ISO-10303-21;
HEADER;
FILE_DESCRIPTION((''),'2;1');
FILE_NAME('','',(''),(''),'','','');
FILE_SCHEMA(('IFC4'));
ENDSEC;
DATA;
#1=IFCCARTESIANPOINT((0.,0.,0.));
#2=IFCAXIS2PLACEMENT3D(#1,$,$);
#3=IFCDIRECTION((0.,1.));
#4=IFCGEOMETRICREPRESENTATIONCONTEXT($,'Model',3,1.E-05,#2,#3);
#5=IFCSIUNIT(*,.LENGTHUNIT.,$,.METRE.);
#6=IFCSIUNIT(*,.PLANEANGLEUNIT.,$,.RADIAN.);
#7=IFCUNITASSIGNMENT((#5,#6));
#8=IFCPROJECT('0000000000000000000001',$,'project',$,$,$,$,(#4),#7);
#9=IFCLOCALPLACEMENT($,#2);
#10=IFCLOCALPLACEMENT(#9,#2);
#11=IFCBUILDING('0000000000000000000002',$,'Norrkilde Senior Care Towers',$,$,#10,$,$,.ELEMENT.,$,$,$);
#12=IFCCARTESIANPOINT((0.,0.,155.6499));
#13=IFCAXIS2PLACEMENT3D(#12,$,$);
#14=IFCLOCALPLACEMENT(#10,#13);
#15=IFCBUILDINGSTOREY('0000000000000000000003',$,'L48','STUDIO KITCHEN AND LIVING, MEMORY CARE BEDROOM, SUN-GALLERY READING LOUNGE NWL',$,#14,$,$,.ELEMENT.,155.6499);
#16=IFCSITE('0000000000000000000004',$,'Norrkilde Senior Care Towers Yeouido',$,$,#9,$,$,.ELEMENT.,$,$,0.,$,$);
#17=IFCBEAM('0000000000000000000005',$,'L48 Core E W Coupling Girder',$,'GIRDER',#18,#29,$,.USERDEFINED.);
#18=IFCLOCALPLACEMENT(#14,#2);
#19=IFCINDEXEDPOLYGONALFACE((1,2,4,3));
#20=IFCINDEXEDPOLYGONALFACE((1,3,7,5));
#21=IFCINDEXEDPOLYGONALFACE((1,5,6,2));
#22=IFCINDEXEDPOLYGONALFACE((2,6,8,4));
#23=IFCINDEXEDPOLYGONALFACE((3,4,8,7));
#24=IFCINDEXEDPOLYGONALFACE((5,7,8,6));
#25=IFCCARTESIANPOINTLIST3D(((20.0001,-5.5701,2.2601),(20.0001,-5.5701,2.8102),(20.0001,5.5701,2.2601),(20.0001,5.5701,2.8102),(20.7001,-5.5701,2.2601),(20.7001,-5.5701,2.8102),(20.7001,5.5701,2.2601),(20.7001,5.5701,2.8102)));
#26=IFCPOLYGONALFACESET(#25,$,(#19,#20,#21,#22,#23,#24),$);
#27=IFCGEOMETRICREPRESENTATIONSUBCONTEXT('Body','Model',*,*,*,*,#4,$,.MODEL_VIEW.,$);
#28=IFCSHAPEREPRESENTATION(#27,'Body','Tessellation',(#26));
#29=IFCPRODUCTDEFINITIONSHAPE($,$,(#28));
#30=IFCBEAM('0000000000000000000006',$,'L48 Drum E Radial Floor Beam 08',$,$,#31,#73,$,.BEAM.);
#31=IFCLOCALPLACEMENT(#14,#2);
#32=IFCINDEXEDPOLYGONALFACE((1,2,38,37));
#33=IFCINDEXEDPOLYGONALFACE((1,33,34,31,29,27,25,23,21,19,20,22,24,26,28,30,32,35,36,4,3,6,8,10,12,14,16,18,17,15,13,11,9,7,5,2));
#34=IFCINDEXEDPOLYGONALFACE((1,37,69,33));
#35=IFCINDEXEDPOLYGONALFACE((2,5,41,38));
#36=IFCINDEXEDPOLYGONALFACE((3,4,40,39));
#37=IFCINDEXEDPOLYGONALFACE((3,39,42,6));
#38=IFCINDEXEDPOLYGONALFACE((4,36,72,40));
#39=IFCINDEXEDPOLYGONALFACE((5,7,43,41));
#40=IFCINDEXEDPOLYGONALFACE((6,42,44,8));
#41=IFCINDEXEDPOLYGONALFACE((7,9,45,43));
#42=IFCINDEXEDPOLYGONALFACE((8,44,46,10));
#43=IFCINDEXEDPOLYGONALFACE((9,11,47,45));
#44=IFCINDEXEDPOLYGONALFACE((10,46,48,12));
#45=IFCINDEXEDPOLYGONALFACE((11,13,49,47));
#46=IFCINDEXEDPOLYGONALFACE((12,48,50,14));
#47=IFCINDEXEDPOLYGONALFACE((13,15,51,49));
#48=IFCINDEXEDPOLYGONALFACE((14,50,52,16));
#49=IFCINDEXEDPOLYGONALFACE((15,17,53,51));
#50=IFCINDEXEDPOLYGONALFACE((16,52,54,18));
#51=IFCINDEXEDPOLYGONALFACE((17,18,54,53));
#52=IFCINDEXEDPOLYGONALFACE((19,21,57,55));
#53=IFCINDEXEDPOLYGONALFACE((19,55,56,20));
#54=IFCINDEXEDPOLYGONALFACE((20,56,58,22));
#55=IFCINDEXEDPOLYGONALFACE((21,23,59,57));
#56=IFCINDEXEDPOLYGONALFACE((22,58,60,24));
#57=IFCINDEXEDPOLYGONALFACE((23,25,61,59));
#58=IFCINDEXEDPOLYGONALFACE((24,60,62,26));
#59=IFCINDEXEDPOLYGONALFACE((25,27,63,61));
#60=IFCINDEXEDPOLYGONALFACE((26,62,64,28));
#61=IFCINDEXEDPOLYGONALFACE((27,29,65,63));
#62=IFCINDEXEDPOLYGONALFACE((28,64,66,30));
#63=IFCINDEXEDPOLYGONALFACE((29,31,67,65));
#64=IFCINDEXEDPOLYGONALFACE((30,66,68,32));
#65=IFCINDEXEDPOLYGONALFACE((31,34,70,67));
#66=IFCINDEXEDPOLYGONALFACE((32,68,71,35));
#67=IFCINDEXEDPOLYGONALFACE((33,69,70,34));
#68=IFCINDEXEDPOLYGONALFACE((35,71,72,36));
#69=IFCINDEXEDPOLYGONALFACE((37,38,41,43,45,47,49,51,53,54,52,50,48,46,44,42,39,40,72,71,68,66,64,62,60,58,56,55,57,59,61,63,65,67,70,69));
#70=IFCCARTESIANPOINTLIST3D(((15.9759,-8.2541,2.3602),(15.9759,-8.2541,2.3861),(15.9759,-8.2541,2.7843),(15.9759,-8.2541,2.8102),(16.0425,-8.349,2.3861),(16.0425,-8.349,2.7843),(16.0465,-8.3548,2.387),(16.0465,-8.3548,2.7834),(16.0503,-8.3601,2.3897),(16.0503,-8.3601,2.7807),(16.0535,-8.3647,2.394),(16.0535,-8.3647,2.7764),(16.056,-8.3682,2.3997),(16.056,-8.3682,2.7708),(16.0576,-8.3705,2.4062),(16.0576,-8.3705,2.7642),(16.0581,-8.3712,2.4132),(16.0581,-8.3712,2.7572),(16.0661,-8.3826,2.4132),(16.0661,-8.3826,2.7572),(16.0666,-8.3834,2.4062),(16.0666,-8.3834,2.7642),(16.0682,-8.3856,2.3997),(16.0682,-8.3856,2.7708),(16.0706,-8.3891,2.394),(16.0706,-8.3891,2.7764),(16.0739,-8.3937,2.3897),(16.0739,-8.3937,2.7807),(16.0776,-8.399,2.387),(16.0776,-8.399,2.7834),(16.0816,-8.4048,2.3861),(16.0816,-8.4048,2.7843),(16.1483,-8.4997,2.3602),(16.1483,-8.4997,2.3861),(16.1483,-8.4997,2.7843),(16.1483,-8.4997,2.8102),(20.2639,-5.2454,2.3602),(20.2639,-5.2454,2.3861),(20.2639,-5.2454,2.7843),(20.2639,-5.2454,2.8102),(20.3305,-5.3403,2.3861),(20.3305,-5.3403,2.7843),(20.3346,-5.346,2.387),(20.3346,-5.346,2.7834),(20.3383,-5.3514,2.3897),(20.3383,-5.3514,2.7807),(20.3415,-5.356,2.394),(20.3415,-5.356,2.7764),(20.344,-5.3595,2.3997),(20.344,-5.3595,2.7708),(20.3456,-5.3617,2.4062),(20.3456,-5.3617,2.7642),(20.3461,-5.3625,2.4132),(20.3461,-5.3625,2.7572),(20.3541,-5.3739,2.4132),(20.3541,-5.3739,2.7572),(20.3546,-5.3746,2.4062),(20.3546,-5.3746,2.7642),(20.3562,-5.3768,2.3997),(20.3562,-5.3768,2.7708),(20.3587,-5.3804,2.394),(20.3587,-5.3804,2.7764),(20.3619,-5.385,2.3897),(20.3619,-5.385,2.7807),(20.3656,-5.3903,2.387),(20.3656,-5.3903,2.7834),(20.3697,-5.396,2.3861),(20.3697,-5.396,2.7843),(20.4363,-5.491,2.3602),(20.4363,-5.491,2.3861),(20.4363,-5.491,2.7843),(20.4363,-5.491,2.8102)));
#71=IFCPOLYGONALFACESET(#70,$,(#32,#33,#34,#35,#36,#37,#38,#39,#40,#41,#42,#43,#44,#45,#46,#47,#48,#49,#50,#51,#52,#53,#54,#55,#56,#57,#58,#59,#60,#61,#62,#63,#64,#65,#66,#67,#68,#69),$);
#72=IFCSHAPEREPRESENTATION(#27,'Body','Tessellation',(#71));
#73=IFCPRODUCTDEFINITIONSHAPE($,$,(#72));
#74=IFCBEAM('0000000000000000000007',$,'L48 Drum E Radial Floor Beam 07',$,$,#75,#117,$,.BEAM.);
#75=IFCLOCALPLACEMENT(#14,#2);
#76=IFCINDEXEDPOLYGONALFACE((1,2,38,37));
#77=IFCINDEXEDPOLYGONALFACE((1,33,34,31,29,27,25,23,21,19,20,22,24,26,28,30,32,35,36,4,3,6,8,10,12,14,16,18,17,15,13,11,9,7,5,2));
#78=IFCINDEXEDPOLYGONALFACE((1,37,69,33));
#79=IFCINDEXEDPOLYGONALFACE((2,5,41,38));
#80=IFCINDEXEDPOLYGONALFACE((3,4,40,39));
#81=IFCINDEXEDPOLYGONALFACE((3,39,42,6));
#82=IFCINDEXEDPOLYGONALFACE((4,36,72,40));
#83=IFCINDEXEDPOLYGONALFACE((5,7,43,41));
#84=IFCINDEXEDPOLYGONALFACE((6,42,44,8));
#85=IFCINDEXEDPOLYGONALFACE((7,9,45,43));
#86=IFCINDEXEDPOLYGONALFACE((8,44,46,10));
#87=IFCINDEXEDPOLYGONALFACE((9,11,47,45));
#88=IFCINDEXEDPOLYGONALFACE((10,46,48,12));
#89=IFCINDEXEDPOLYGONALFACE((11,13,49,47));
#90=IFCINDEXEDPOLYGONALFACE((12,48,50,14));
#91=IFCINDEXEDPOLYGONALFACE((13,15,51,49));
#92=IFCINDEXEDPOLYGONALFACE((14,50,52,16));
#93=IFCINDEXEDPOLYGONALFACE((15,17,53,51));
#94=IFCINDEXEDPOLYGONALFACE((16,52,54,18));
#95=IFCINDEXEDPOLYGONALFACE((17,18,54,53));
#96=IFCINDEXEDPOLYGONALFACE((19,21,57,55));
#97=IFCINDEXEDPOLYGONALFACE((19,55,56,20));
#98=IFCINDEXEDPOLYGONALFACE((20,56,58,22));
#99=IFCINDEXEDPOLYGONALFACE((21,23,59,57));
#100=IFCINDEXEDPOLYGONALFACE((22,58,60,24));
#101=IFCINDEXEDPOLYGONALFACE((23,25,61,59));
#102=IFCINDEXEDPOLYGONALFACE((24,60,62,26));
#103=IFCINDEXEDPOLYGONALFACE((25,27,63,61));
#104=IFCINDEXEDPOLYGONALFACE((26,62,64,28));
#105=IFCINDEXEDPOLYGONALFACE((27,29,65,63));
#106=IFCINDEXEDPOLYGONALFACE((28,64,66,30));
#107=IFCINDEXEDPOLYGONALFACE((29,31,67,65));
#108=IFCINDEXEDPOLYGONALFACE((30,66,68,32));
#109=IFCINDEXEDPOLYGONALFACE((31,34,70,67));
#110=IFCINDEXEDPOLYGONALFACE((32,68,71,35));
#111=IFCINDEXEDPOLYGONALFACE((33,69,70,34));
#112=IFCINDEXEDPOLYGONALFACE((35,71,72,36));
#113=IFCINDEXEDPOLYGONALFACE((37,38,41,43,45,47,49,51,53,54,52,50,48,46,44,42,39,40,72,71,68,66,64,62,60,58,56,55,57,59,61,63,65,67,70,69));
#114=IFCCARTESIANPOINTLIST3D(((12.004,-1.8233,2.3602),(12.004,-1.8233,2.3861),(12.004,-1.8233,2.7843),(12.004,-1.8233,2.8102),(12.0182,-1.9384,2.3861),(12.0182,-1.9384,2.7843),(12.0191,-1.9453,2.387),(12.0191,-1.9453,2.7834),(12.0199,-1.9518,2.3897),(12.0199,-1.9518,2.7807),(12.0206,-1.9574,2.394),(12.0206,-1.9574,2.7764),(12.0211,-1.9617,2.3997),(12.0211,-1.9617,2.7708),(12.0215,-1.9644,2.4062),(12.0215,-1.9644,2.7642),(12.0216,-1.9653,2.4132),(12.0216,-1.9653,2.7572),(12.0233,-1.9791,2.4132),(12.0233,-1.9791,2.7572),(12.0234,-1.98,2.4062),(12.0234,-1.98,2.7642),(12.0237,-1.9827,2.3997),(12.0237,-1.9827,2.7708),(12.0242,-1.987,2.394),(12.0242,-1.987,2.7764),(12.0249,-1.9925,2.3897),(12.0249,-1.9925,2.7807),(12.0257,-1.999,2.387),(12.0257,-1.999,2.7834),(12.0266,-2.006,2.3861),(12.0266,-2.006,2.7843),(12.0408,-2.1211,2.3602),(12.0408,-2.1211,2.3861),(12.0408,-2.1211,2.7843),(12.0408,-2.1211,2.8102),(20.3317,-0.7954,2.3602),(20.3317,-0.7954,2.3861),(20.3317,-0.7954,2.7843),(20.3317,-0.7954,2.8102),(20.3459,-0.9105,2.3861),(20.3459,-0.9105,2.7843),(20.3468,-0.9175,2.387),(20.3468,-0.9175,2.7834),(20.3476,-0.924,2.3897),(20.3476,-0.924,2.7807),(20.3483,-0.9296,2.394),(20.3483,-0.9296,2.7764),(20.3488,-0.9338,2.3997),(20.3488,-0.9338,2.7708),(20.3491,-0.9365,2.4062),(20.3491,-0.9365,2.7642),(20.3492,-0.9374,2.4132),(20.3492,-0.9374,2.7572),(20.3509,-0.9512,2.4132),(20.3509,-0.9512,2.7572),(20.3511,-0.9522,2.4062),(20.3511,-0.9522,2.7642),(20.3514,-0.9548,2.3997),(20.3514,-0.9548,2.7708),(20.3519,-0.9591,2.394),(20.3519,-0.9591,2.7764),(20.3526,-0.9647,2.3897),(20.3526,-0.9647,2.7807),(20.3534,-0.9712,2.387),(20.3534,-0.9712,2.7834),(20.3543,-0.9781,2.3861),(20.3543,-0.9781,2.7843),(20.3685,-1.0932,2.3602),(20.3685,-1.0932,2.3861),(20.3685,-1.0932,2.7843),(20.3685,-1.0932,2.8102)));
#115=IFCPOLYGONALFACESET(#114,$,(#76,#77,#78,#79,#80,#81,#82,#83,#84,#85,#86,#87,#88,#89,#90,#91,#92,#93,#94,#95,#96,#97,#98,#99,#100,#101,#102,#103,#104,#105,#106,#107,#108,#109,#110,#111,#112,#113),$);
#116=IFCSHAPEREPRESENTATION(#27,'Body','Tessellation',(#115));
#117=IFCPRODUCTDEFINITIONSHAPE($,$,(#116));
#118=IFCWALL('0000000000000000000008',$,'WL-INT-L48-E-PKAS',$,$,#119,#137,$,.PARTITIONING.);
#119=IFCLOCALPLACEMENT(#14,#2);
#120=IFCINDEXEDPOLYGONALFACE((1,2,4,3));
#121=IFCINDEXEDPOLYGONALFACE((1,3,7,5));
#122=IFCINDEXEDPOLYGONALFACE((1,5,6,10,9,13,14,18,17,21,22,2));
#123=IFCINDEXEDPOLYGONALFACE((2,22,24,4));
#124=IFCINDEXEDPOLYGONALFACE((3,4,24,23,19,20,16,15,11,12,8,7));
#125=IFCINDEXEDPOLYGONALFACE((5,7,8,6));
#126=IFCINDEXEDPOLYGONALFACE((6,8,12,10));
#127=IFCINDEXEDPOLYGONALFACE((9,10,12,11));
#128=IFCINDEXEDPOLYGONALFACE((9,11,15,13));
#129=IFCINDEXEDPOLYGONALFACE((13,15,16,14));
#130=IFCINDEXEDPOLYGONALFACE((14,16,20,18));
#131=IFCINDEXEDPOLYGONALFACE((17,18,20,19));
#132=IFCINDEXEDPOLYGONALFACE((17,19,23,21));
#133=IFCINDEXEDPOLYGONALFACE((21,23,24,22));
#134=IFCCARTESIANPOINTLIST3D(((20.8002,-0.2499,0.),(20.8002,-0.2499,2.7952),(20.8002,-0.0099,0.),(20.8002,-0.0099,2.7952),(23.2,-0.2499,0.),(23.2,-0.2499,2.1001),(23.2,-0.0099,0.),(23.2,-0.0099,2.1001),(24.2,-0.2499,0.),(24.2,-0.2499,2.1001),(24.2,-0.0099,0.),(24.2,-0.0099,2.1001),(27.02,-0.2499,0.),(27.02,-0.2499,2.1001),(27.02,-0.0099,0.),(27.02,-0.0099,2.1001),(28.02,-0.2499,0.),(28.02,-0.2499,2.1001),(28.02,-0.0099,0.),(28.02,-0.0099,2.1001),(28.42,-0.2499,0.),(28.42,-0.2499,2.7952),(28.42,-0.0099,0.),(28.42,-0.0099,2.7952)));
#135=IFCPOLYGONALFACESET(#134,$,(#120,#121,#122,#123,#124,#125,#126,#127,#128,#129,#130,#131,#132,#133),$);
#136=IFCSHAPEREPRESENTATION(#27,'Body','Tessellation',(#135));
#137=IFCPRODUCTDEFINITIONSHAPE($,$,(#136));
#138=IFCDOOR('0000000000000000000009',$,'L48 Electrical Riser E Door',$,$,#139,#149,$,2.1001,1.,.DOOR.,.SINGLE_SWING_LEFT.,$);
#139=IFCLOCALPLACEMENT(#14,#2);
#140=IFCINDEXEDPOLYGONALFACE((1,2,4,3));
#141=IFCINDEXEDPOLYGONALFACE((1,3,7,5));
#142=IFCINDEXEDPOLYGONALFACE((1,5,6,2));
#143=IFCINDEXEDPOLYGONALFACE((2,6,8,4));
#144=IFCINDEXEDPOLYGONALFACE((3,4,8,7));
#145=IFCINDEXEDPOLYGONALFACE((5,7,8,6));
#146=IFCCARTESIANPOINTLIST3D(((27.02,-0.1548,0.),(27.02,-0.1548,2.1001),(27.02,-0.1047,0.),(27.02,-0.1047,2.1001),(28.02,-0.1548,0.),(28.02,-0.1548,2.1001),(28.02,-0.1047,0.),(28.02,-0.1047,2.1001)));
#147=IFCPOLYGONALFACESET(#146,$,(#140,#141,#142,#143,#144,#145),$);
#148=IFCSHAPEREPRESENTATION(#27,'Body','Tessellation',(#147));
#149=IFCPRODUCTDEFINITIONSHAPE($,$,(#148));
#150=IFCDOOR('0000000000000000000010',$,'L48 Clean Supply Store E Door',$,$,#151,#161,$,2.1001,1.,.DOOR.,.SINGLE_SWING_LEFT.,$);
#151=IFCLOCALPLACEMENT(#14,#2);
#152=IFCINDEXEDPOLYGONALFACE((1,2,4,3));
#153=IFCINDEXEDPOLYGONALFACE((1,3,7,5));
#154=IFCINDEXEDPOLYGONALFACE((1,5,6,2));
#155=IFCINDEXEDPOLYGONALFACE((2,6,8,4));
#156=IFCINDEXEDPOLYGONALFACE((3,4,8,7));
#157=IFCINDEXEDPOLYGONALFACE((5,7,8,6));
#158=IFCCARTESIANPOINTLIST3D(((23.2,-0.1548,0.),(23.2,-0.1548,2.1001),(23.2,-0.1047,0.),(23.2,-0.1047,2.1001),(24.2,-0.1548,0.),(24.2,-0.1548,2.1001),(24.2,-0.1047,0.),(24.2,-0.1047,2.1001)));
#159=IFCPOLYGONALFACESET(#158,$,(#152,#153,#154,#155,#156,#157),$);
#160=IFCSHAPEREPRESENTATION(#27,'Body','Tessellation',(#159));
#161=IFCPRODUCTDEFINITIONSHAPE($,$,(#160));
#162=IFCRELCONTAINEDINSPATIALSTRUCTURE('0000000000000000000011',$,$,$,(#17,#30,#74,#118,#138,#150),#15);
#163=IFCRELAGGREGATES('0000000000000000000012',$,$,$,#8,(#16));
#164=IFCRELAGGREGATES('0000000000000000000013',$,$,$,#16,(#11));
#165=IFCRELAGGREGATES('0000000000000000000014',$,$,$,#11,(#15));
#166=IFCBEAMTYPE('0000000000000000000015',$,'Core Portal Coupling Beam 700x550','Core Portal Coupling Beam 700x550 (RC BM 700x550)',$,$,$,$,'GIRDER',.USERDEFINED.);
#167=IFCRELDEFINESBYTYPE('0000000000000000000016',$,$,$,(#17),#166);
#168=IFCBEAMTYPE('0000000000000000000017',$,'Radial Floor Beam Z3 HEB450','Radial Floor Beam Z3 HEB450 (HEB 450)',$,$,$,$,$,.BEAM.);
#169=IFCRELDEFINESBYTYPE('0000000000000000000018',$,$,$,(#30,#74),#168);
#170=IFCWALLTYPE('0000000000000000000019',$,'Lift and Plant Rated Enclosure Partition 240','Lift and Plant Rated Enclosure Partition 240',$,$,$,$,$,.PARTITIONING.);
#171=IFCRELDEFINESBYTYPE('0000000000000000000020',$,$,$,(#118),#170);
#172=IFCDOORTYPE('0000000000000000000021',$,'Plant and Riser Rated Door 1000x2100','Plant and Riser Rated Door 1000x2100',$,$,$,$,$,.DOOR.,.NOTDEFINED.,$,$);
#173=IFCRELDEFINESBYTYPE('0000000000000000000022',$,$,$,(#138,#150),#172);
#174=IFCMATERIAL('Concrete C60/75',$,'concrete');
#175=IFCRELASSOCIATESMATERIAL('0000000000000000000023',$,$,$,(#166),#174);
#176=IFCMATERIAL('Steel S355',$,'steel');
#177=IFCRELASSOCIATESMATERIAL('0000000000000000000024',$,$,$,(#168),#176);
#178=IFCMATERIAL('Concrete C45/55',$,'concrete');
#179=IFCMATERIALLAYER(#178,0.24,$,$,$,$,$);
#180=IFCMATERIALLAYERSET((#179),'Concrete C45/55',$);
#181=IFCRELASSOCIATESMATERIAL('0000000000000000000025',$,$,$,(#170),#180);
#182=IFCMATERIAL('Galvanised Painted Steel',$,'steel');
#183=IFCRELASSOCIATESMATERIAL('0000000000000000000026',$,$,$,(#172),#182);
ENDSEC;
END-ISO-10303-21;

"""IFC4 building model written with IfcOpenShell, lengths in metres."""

from ifc_helpers import new_model, si_unit, direction, frame, frame_2d, origin, origin_2d, place, context, subcontext, project, spatial, rectangle, i_section, extrude, source, transform, mapped, material, layer, layer_set, material_profile, profile_set, type_object, type_shapes, element, fill, save


model = new_model("IFC4")

# Units and contexts
model_context = context("Model", 3, precision=1e-05, world=origin(), true_north=direction((0.0, 1.0)))
body_context = subcontext(model_context, "Body", "Model", "MODEL_VIEW")
ifc_project = project(units=[si_unit("LENGTHUNIT", "METRE"), si_unit("PLANEANGLEUNIT", "RADIAN")], contexts=[model_context])

# Site, building, storey
site_placement = place(None, origin())
site = spatial("IfcSite", under=ifc_project, at=site_placement, Name="Norrkilde Senior Care Towers Yeouido", CompositionType="ELEMENT", RefElevation=0.0)
building_placement = place(site_placement, origin())
building = spatial("IfcBuilding", under=site, at=building_placement, Name="Norrkilde Senior Care Towers", CompositionType="ELEMENT")
storey_placement = place(building_placement, frame((0.0, 0.0, 155.6499)))
storey = spatial("IfcBuildingStorey", under=building, at=storey_placement, Name="L48", Description="STUDIO KITCHEN AND LIVING, MEMORY CARE BEDROOM, SUN-GALLERY READING LOUNGE NWL", CompositionType="ELEMENT", Elevation=155.6499)

# Beams
ifc_material_1 = material(Name="Concrete C60/75", Category="concrete")
ifc_material_profile_1 = material_profile(ifc_material_1, rectangle(XDim=0.7, YDim=0.55, at=origin_2d()), Name="RC BM 700x550")
ifc_profile_set_1 = profile_set([ifc_material_profile_1], Name="Concrete C60/75")
beam_type_1 = type_object("IfcBeamType", Name="Core Portal Coupling Beam 700x550", Description="Core Portal Coupling Beam 700x550 (RC BM 700x550)", ElementType="GIRDER", PredefinedType="USERDEFINED", material=ifc_profile_set_1)
shared_shape_1 = source(origin(), body_context, "Body", "SweptSolid", [
    extrude(rectangle(XDim=0.7, YDim=0.55, at=origin_2d()), origin(), (0.0, 0.0, 1.0), 11.1401),
])
type_shapes(beam_type_1, [shared_shape_1])
beam_1_placement = place(storey_placement, frame((20.3501, -5.5701, 2.5352), z_axis=(0.0, 1.0, 0.0), x_axis=(-1.0, 0.0, 0.0)))
element("IfcBeam", 1, at=beam_1_placement, inside=storey, type_object=beam_type_1, Name="L48 Core E W Coupling Girder", ObjectType="GIRDER", PredefinedType="USERDEFINED", context=body_context, shape_type="MappedRepresentation", body=[
    mapped(shared_shape_1, transform((0.0, 0.0, 0.0), x_axis=(1.0, 0.0, 0.0), y_axis=(0.0, 1.0, 0.0), z_axis=(0.0, 0.0, 1.0), scale=1.0)),
])
ifc_material_2 = material(Name="Steel S355", Category="steel")
ifc_material_profile_2 = material_profile(ifc_material_2, i_section(OverallWidth=0.3, OverallDepth=0.45, WebThickness=0.0139, FlangeThickness=0.0259, FilletRadius=0.0271, at=origin_2d()), Name="HEB 450")
ifc_profile_set_2 = profile_set([ifc_material_profile_2], Name="Steel S355")
beam_type_2 = type_object("IfcBeamType", Name="Radial Floor Beam Z3 HEB450", Description="Radial Floor Beam Z3 HEB450 (HEB 450)", PredefinedType="BEAM", material=ifc_profile_set_2)
shared_shape_2 = source(origin(), body_context, "Body", "SweptSolid", [
    extrude(i_section(OverallWidth=0.3, OverallDepth=0.45, WebThickness=0.0139, FlangeThickness=0.0259, FilletRadius=0.0271, at=origin_2d()), origin(), (0.0, 0.0, 1.0), 5.2383),
])
beam_2_placement = place(storey_placement, frame((20.3501, -5.3682, 2.5852), z_axis=(-0.818592, -0.574375, 0.0), x_axis=(0.574375, -0.818592, 0.0)))
element("IfcBeam", 2, at=beam_2_placement, inside=storey, type_object=beam_type_2, Name="L48 Drum E Radial Floor Beam 08", PredefinedType="BEAM", context=body_context, shape_type="MappedRepresentation", body=[
    mapped(shared_shape_2, transform((0.0, 0.0, 0.0), x_axis=(1.0, 0.0, 0.0), y_axis=(0.0, 1.0, 0.0), z_axis=(0.0, 0.0, 1.0), scale=1.0)),
])
shared_shape_3 = source(origin(), body_context, "Body", "SweptSolid", [
    extrude(i_section(OverallWidth=0.3, OverallDepth=0.45, WebThickness=0.0139, FlangeThickness=0.0259, FilletRadius=0.0271, at=origin_2d()), origin(), (0.0, 0.0, 1.0), 8.3909),
])
type_shapes(beam_type_2, [shared_shape_2, shared_shape_3])
beam_3_placement = place(storey_placement, frame((20.3501, -0.9443, 2.5852), z_axis=(-0.992469, -0.122495, 0.0), x_axis=(0.122495, -0.992469, 0.0)))
element("IfcBeam", 3, at=beam_3_placement, inside=storey, type_object=beam_type_2, Name="L48 Drum E Radial Floor Beam 07", PredefinedType="BEAM", context=body_context, shape_type="MappedRepresentation", body=[
    mapped(shared_shape_3, transform((0.0, 0.0, 0.0), x_axis=(1.0, 0.0, 0.0), y_axis=(0.0, 1.0, 0.0), z_axis=(0.0, 0.0, 1.0), scale=1.0)),
])

# Shared definitions
ifc_material_3 = material(Name="Galvanised Painted Steel", Category="steel")
ifc_material_4 = material(Name="Concrete C45/55", Category="concrete")

# Wall, openings, doors
ifc_layer_1 = layer(ifc_material_4, 0.24)
ifc_layer_set_1 = layer_set([ifc_layer_1], Name="Concrete C45/55")
wall_type_1 = type_object("IfcWallType", Name="Lift and Plant Rated Enclosure Partition 240", Description="Lift and Plant Rated Enclosure Partition 240", PredefinedType="PARTITIONING", material=ifc_layer_set_1)
shared_shape_4 = source(origin(), body_context, "Body", "SweptSolid", [
    extrude(rectangle(XDim=7.6199, YDim=0.24, at=frame_2d((3.8101, 0.0))), origin(), (0.0, 0.0, 1.0), 2.7952),
])
type_shapes(wall_type_1, [shared_shape_4])
wall_1_placement = place(storey_placement, frame((20.8, -0.1299, 0.0), z_axis=(0.0, 0.0, 1.0), x_axis=(1.0, 0.0, 0.0)))
wall_1 = element("IfcWall", 4, at=wall_1_placement, inside=storey, type_object=wall_type_1, Name="WL-INT-L48-E-PKAS", PredefinedType="PARTITIONING", context=body_context, shape_type="MappedRepresentation", body=[
    mapped(shared_shape_4, transform((0.0, 0.0, 0.0), x_axis=(1.0, 0.0, 0.0), y_axis=(0.0, 1.0, 0.0), z_axis=(0.0, 0.0, 1.0), scale=1.0)),
])
opening_1_placement = place(wall_1_placement, frame((6.22, 0.0, 0.0)))
opening_1 = element("IfcOpeningElement", 5, at=opening_1_placement, cuts=wall_1, PredefinedType="OPENING", context=body_context, shape_type="SweptSolid", body=[
    extrude(rectangle(XDim=1.0, YDim=2.1001, at=frame_2d((0.5, 1.05))), frame((0.0, 0.1299, 0.0), z_axis=(0.0, -1.0, 0.0), x_axis=(1.0, 0.0, 0.0)), (0.0, 0.0, 1.0), 0.26),
])
opening_2_placement = place(wall_1_placement, frame((2.3999, 0.0, 0.0)))
opening_2 = element("IfcOpeningElement", 6, at=opening_2_placement, cuts=wall_1, PredefinedType="OPENING", context=body_context, shape_type="SweptSolid", body=[
    extrude(rectangle(XDim=1.0, YDim=2.1001, at=frame_2d((0.5, 1.05))), frame((0.0, 0.1299, 0.0), z_axis=(0.0, -1.0, 0.0), x_axis=(1.0, 0.0, 0.0)), (0.0, 0.0, 1.0), 0.26),
])
door_type_1 = type_object("IfcDoorType", Name="Plant and Riser Rated Door 1000x2100", Description="Plant and Riser Rated Door 1000x2100", OperationType="NOTDEFINED", PredefinedType="DOOR", material=ifc_material_3)
shared_shape_5 = source(origin(), body_context, "Body", "SweptSolid", [
    extrude(rectangle(XDim=1.0, YDim=2.1001, at=frame_2d((0.5, 1.05))), frame((0.0, 0.0249, 0.0), z_axis=(0.0, -1.0, 0.0), x_axis=(1.0, 0.0, 0.0)), (0.0, 0.0, 1.0), 0.05),
])
type_shapes(door_type_1, [shared_shape_5])
door_1_placement = place(opening_1_placement, frame((1.0, 0.0, 0.0), z_axis=(0.0, 0.0, 1.0), x_axis=(-1.0, 0.0, 0.0)))
door_1 = element("IfcDoor", 7, at=door_1_placement, inside=storey, type_object=door_type_1, Name="L48 Electrical Riser E Door", OperationType="SINGLE_SWING_LEFT", OverallHeight=2.1001, OverallWidth=1.0, PredefinedType="DOOR", context=body_context, shape_type="MappedRepresentation", body=[
    mapped(shared_shape_5, transform((0.0, 0.0, 0.0), x_axis=(1.0, 0.0, 0.0), y_axis=(0.0, 1.0, 0.0), z_axis=(0.0, 0.0, 1.0), scale=1.0)),
])
fill(opening_1, door_1)
door_2_placement = place(opening_2_placement, frame((1.0, 0.0, 0.0), z_axis=(0.0, 0.0, 1.0), x_axis=(-1.0, 0.0, 0.0)))
door_2 = element("IfcDoor", 8, at=door_2_placement, inside=storey, type_object=door_type_1, Name="L48 Clean Supply Store E Door", OperationType="SINGLE_SWING_LEFT", OverallHeight=2.1001, OverallWidth=1.0, PredefinedType="DOOR", context=body_context, shape_type="MappedRepresentation", body=[
    mapped(shared_shape_5, transform((0.0, 0.0, 0.0), x_axis=(1.0, 0.0, 0.0), y_axis=(0.0, 1.0, 0.0), z_axis=(0.0, 0.0, 1.0), scale=1.0)),
])
fill(opening_2, door_2)

save(model, "model.ifc")
